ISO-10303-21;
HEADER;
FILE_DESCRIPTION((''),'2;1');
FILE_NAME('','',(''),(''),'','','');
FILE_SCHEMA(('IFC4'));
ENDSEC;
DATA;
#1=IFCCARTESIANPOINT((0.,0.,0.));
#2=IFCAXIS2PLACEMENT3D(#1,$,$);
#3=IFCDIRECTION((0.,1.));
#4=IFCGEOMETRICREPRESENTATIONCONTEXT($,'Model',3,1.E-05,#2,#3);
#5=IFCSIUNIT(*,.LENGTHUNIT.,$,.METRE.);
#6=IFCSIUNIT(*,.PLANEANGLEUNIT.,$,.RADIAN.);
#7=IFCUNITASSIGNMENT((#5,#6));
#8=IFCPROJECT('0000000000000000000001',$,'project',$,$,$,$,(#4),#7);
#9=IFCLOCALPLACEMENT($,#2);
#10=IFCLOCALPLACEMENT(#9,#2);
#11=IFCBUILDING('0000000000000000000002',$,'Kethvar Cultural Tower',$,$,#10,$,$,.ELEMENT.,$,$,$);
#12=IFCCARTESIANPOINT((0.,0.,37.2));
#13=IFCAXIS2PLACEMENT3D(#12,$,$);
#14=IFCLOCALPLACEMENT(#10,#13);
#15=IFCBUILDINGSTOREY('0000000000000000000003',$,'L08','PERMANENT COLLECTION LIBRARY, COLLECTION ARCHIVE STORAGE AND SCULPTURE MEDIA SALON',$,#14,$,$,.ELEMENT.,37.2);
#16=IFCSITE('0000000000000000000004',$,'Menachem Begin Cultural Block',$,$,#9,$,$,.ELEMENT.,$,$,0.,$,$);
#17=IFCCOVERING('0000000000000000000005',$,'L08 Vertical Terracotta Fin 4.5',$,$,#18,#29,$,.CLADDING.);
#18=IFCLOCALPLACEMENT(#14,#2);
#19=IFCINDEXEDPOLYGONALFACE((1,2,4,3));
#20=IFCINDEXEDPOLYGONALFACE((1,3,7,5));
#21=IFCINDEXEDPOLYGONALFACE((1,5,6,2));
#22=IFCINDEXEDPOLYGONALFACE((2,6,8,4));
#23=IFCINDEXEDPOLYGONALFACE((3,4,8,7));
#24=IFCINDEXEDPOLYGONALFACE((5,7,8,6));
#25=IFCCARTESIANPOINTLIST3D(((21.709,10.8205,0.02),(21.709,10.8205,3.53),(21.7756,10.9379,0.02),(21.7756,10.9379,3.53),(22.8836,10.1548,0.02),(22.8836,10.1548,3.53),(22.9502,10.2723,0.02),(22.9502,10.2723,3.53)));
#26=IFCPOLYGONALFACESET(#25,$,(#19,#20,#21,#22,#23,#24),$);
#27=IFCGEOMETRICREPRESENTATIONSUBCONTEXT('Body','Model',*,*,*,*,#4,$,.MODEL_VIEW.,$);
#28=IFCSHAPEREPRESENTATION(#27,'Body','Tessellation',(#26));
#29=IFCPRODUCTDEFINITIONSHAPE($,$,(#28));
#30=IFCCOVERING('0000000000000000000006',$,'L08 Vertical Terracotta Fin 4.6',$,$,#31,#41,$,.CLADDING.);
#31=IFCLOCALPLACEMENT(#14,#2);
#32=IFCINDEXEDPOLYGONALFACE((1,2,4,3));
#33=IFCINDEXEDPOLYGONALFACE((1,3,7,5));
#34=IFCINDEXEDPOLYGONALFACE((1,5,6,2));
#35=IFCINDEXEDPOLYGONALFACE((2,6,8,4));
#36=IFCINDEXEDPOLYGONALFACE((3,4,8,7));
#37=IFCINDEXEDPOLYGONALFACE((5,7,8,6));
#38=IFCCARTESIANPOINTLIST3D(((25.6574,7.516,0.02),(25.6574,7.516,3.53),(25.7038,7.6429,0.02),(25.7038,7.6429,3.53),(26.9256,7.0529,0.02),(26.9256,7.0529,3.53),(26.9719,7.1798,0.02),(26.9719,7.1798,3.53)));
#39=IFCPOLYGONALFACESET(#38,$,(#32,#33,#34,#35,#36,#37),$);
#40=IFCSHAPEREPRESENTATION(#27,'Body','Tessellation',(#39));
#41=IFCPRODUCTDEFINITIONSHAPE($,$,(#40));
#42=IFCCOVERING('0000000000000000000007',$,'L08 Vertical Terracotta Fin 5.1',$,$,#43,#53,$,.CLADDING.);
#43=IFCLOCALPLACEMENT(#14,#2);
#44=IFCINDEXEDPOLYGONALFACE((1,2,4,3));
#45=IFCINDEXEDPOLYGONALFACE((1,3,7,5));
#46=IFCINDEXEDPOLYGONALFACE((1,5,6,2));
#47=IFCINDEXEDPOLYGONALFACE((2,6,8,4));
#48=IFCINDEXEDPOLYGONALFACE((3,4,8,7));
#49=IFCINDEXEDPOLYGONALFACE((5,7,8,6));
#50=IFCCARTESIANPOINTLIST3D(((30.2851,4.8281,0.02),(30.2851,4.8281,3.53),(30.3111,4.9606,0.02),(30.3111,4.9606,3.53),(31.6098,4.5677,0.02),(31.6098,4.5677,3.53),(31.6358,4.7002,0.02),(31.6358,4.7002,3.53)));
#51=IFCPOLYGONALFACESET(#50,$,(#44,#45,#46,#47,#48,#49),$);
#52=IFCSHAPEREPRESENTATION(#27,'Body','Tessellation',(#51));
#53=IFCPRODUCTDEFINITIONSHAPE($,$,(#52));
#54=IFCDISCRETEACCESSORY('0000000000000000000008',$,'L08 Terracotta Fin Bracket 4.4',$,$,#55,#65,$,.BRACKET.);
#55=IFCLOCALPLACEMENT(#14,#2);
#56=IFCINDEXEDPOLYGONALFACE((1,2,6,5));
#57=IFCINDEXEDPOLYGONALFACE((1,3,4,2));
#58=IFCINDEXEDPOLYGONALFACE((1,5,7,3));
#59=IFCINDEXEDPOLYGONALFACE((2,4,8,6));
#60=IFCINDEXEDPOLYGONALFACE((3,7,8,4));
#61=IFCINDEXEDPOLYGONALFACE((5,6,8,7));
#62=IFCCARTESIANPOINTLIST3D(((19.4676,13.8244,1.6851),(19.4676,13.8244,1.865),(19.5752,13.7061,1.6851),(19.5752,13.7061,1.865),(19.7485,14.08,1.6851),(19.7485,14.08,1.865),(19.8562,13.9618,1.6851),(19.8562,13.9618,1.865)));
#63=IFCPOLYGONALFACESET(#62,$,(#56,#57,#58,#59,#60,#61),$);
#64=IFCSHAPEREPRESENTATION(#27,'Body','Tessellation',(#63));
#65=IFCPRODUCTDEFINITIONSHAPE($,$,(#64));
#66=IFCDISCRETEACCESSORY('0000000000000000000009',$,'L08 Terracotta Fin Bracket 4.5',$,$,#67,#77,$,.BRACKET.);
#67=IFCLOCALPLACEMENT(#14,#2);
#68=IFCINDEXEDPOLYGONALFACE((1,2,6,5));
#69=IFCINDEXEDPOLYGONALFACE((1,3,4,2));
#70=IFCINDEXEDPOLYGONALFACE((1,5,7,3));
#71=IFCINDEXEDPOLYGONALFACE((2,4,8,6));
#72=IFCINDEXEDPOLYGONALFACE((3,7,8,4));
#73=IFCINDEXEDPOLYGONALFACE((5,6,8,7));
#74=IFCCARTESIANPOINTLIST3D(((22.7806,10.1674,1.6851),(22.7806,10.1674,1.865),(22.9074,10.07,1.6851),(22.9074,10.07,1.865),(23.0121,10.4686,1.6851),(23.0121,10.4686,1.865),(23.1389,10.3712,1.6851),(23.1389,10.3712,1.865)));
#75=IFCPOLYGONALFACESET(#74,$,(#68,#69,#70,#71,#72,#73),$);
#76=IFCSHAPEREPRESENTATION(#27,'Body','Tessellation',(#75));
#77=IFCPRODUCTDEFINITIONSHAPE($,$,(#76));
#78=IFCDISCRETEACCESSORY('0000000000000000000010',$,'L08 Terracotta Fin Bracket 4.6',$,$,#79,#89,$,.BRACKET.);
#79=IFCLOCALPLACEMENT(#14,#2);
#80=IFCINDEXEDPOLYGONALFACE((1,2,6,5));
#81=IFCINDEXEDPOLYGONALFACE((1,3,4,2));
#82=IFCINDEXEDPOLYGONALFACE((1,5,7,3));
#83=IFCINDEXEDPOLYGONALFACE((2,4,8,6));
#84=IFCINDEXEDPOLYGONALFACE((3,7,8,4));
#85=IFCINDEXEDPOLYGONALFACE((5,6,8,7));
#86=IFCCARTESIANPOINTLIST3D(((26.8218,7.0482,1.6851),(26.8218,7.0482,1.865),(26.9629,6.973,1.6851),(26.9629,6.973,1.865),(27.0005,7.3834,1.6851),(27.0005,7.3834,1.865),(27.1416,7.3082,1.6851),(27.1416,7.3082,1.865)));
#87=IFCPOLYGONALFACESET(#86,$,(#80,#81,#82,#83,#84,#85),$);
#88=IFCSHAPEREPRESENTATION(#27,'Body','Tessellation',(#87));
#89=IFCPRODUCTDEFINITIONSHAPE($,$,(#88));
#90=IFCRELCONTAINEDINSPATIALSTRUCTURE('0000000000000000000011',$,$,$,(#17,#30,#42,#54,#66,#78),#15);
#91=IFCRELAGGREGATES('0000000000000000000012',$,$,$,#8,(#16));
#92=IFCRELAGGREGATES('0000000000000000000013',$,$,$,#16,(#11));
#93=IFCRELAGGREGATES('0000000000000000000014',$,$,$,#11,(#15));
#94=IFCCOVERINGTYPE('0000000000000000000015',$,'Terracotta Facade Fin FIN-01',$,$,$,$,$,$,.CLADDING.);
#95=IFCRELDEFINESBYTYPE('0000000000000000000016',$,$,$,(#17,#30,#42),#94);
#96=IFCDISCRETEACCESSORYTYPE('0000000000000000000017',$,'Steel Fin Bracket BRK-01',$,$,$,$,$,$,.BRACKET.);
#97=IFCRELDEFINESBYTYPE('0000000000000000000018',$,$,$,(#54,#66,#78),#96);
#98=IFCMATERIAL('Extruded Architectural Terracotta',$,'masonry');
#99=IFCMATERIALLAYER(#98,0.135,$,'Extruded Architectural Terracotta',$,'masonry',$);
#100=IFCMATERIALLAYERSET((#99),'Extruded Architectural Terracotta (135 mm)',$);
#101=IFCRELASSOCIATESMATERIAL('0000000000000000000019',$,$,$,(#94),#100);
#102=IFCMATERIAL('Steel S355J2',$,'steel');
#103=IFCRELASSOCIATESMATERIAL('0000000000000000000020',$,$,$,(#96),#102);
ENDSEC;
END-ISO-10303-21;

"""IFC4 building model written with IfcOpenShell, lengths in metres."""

from ifc_helpers import new_model, si_unit, direction, frame, origin, origin_2d, place, context, subcontext, project, spatial, rectangle, extrude, source, transform, mapped, material, layer, layer_set, type_object, element, save


model = new_model("IFC4")

# Units and contexts
model_context = context("Model", 3, precision=1e-05, world=origin(), true_north=direction((0.0, 1.0)))
body_context = subcontext(model_context, "Body", "Model", "MODEL_VIEW")
ifc_project = project(units=[si_unit("LENGTHUNIT", "METRE"), si_unit("PLANEANGLEUNIT", "RADIAN")], contexts=[model_context])

# Site, building, storey
site_placement = place(None, origin())
site = spatial("IfcSite", under=ifc_project, at=site_placement, Name="Menachem Begin Cultural Block", CompositionType="ELEMENT", RefElevation=0.0)
building_placement = place(site_placement, origin())
building = spatial("IfcBuilding", under=site, at=building_placement, Name="Kethvar Cultural Tower", CompositionType="ELEMENT")
storey_placement = place(building_placement, frame((0.0, 0.0, 37.2)))
storey = spatial("IfcBuildingStorey", under=building, at=storey_placement, Name="L08", Description="PERMANENT COLLECTION LIBRARY, COLLECTION ARCHIVE STORAGE AND SCULPTURE MEDIA SALON", CompositionType="ELEMENT", Elevation=37.2)

# Shared definitions
ifc_material_1 = material(Name="Steel S355J2", Category="steel")

# Coverings
ifc_material_2 = material(Name="Extruded Architectural Terracotta", Category="masonry")
ifc_layer_1 = layer(ifc_material_2, 0.135, Name="Extruded Architectural Terracotta", Category="masonry")
ifc_layer_set_1 = layer_set([ifc_layer_1], Name="Extruded Architectural Terracotta (135 mm)")
covering_type = type_object("IfcCoveringType", Name="Terracotta Facade Fin FIN-01", PredefinedType="CLADDING", material=ifc_layer_set_1)
shared_shape_1 = source(origin(), body_context, "Body", "SweptSolid", [
    extrude(rectangle(XDim=1.3501, YDim=0.135, at=origin_2d()), origin(), (0.0, 0.0, 1.0), 3.51),
])
for number, where, z_axis, x_axis, name in (
    (1, (22.3296, 10.5464, 0.02), (0.0, 0.0, 1.0), (-0.870012, 0.493031, 0.0), "L08 Vertical Terracotta Fin 4.5"),
    (2, (26.3147, 7.3479, 0.02), (0.0, 0.0, 1.0), (-0.939334, 0.343004, 0.0), "L08 Vertical Terracotta Fin 4.6"),
    (3, (30.9604, 4.7642, 0.02), (0.0, 0.0, 1.0), (-0.981225, 0.192864, 0.0), "L08 Vertical Terracotta Fin 5.1"),
):
    element("IfcCovering", number, at=place(storey_placement, frame(where, z_axis=z_axis, x_axis=x_axis)), inside=storey, type_object=covering_type, Name=name, PredefinedType="CLADDING", context=body_context, shape_type="MappedRepresentation", body=[
        mapped(shared_shape_1, transform((0.0, 0.0, 0.0), scale=1.0)),
    ])

# Discrete accessories
discrete_accessory_type = type_object("IfcDiscreteAccessoryType", Name="Steel Fin Bracket BRK-01", PredefinedType="BRACKET", material=ifc_material_1)
shared_shape_2 = source(origin(), body_context, "Body", "SweptSolid", [
    extrude(rectangle(XDim=0.3799, YDim=0.1599, at=origin_2d()), origin(), (0.0, 0.0, 1.0), 0.1799),
])
for number, where, z_axis, x_axis, name in (
    (4, (19.6619, 13.8931, 1.6851), (0.0, 0.0, 1.0), (-0.739631, -0.673013, 0.0), "L08 Terracotta Fin Bracket 4.4"),
    (5, (22.9597, 10.2693, 1.6851), (0.0, 0.0, 1.0), (-0.609315, -0.792928, 0.0), "L08 Terracotta Fin Bracket 4.5"),
    (6, (26.9817, 7.1782, 1.6851), (0.0, 0.0, 1.0), (-0.470396, -0.882455, 0.0), "L08 Terracotta Fin Bracket 4.6"),
):
    element("IfcDiscreteAccessory", number, at=place(storey_placement, frame(where, z_axis=z_axis, x_axis=x_axis)), inside=storey, type_object=discrete_accessory_type, Name=name, PredefinedType="BRACKET", context=body_context, shape_type="MappedRepresentation", body=[
        mapped(shared_shape_2, transform((0.0, 0.0, 0.0), scale=1.0)),
    ])

save(model, "model.ifc")
